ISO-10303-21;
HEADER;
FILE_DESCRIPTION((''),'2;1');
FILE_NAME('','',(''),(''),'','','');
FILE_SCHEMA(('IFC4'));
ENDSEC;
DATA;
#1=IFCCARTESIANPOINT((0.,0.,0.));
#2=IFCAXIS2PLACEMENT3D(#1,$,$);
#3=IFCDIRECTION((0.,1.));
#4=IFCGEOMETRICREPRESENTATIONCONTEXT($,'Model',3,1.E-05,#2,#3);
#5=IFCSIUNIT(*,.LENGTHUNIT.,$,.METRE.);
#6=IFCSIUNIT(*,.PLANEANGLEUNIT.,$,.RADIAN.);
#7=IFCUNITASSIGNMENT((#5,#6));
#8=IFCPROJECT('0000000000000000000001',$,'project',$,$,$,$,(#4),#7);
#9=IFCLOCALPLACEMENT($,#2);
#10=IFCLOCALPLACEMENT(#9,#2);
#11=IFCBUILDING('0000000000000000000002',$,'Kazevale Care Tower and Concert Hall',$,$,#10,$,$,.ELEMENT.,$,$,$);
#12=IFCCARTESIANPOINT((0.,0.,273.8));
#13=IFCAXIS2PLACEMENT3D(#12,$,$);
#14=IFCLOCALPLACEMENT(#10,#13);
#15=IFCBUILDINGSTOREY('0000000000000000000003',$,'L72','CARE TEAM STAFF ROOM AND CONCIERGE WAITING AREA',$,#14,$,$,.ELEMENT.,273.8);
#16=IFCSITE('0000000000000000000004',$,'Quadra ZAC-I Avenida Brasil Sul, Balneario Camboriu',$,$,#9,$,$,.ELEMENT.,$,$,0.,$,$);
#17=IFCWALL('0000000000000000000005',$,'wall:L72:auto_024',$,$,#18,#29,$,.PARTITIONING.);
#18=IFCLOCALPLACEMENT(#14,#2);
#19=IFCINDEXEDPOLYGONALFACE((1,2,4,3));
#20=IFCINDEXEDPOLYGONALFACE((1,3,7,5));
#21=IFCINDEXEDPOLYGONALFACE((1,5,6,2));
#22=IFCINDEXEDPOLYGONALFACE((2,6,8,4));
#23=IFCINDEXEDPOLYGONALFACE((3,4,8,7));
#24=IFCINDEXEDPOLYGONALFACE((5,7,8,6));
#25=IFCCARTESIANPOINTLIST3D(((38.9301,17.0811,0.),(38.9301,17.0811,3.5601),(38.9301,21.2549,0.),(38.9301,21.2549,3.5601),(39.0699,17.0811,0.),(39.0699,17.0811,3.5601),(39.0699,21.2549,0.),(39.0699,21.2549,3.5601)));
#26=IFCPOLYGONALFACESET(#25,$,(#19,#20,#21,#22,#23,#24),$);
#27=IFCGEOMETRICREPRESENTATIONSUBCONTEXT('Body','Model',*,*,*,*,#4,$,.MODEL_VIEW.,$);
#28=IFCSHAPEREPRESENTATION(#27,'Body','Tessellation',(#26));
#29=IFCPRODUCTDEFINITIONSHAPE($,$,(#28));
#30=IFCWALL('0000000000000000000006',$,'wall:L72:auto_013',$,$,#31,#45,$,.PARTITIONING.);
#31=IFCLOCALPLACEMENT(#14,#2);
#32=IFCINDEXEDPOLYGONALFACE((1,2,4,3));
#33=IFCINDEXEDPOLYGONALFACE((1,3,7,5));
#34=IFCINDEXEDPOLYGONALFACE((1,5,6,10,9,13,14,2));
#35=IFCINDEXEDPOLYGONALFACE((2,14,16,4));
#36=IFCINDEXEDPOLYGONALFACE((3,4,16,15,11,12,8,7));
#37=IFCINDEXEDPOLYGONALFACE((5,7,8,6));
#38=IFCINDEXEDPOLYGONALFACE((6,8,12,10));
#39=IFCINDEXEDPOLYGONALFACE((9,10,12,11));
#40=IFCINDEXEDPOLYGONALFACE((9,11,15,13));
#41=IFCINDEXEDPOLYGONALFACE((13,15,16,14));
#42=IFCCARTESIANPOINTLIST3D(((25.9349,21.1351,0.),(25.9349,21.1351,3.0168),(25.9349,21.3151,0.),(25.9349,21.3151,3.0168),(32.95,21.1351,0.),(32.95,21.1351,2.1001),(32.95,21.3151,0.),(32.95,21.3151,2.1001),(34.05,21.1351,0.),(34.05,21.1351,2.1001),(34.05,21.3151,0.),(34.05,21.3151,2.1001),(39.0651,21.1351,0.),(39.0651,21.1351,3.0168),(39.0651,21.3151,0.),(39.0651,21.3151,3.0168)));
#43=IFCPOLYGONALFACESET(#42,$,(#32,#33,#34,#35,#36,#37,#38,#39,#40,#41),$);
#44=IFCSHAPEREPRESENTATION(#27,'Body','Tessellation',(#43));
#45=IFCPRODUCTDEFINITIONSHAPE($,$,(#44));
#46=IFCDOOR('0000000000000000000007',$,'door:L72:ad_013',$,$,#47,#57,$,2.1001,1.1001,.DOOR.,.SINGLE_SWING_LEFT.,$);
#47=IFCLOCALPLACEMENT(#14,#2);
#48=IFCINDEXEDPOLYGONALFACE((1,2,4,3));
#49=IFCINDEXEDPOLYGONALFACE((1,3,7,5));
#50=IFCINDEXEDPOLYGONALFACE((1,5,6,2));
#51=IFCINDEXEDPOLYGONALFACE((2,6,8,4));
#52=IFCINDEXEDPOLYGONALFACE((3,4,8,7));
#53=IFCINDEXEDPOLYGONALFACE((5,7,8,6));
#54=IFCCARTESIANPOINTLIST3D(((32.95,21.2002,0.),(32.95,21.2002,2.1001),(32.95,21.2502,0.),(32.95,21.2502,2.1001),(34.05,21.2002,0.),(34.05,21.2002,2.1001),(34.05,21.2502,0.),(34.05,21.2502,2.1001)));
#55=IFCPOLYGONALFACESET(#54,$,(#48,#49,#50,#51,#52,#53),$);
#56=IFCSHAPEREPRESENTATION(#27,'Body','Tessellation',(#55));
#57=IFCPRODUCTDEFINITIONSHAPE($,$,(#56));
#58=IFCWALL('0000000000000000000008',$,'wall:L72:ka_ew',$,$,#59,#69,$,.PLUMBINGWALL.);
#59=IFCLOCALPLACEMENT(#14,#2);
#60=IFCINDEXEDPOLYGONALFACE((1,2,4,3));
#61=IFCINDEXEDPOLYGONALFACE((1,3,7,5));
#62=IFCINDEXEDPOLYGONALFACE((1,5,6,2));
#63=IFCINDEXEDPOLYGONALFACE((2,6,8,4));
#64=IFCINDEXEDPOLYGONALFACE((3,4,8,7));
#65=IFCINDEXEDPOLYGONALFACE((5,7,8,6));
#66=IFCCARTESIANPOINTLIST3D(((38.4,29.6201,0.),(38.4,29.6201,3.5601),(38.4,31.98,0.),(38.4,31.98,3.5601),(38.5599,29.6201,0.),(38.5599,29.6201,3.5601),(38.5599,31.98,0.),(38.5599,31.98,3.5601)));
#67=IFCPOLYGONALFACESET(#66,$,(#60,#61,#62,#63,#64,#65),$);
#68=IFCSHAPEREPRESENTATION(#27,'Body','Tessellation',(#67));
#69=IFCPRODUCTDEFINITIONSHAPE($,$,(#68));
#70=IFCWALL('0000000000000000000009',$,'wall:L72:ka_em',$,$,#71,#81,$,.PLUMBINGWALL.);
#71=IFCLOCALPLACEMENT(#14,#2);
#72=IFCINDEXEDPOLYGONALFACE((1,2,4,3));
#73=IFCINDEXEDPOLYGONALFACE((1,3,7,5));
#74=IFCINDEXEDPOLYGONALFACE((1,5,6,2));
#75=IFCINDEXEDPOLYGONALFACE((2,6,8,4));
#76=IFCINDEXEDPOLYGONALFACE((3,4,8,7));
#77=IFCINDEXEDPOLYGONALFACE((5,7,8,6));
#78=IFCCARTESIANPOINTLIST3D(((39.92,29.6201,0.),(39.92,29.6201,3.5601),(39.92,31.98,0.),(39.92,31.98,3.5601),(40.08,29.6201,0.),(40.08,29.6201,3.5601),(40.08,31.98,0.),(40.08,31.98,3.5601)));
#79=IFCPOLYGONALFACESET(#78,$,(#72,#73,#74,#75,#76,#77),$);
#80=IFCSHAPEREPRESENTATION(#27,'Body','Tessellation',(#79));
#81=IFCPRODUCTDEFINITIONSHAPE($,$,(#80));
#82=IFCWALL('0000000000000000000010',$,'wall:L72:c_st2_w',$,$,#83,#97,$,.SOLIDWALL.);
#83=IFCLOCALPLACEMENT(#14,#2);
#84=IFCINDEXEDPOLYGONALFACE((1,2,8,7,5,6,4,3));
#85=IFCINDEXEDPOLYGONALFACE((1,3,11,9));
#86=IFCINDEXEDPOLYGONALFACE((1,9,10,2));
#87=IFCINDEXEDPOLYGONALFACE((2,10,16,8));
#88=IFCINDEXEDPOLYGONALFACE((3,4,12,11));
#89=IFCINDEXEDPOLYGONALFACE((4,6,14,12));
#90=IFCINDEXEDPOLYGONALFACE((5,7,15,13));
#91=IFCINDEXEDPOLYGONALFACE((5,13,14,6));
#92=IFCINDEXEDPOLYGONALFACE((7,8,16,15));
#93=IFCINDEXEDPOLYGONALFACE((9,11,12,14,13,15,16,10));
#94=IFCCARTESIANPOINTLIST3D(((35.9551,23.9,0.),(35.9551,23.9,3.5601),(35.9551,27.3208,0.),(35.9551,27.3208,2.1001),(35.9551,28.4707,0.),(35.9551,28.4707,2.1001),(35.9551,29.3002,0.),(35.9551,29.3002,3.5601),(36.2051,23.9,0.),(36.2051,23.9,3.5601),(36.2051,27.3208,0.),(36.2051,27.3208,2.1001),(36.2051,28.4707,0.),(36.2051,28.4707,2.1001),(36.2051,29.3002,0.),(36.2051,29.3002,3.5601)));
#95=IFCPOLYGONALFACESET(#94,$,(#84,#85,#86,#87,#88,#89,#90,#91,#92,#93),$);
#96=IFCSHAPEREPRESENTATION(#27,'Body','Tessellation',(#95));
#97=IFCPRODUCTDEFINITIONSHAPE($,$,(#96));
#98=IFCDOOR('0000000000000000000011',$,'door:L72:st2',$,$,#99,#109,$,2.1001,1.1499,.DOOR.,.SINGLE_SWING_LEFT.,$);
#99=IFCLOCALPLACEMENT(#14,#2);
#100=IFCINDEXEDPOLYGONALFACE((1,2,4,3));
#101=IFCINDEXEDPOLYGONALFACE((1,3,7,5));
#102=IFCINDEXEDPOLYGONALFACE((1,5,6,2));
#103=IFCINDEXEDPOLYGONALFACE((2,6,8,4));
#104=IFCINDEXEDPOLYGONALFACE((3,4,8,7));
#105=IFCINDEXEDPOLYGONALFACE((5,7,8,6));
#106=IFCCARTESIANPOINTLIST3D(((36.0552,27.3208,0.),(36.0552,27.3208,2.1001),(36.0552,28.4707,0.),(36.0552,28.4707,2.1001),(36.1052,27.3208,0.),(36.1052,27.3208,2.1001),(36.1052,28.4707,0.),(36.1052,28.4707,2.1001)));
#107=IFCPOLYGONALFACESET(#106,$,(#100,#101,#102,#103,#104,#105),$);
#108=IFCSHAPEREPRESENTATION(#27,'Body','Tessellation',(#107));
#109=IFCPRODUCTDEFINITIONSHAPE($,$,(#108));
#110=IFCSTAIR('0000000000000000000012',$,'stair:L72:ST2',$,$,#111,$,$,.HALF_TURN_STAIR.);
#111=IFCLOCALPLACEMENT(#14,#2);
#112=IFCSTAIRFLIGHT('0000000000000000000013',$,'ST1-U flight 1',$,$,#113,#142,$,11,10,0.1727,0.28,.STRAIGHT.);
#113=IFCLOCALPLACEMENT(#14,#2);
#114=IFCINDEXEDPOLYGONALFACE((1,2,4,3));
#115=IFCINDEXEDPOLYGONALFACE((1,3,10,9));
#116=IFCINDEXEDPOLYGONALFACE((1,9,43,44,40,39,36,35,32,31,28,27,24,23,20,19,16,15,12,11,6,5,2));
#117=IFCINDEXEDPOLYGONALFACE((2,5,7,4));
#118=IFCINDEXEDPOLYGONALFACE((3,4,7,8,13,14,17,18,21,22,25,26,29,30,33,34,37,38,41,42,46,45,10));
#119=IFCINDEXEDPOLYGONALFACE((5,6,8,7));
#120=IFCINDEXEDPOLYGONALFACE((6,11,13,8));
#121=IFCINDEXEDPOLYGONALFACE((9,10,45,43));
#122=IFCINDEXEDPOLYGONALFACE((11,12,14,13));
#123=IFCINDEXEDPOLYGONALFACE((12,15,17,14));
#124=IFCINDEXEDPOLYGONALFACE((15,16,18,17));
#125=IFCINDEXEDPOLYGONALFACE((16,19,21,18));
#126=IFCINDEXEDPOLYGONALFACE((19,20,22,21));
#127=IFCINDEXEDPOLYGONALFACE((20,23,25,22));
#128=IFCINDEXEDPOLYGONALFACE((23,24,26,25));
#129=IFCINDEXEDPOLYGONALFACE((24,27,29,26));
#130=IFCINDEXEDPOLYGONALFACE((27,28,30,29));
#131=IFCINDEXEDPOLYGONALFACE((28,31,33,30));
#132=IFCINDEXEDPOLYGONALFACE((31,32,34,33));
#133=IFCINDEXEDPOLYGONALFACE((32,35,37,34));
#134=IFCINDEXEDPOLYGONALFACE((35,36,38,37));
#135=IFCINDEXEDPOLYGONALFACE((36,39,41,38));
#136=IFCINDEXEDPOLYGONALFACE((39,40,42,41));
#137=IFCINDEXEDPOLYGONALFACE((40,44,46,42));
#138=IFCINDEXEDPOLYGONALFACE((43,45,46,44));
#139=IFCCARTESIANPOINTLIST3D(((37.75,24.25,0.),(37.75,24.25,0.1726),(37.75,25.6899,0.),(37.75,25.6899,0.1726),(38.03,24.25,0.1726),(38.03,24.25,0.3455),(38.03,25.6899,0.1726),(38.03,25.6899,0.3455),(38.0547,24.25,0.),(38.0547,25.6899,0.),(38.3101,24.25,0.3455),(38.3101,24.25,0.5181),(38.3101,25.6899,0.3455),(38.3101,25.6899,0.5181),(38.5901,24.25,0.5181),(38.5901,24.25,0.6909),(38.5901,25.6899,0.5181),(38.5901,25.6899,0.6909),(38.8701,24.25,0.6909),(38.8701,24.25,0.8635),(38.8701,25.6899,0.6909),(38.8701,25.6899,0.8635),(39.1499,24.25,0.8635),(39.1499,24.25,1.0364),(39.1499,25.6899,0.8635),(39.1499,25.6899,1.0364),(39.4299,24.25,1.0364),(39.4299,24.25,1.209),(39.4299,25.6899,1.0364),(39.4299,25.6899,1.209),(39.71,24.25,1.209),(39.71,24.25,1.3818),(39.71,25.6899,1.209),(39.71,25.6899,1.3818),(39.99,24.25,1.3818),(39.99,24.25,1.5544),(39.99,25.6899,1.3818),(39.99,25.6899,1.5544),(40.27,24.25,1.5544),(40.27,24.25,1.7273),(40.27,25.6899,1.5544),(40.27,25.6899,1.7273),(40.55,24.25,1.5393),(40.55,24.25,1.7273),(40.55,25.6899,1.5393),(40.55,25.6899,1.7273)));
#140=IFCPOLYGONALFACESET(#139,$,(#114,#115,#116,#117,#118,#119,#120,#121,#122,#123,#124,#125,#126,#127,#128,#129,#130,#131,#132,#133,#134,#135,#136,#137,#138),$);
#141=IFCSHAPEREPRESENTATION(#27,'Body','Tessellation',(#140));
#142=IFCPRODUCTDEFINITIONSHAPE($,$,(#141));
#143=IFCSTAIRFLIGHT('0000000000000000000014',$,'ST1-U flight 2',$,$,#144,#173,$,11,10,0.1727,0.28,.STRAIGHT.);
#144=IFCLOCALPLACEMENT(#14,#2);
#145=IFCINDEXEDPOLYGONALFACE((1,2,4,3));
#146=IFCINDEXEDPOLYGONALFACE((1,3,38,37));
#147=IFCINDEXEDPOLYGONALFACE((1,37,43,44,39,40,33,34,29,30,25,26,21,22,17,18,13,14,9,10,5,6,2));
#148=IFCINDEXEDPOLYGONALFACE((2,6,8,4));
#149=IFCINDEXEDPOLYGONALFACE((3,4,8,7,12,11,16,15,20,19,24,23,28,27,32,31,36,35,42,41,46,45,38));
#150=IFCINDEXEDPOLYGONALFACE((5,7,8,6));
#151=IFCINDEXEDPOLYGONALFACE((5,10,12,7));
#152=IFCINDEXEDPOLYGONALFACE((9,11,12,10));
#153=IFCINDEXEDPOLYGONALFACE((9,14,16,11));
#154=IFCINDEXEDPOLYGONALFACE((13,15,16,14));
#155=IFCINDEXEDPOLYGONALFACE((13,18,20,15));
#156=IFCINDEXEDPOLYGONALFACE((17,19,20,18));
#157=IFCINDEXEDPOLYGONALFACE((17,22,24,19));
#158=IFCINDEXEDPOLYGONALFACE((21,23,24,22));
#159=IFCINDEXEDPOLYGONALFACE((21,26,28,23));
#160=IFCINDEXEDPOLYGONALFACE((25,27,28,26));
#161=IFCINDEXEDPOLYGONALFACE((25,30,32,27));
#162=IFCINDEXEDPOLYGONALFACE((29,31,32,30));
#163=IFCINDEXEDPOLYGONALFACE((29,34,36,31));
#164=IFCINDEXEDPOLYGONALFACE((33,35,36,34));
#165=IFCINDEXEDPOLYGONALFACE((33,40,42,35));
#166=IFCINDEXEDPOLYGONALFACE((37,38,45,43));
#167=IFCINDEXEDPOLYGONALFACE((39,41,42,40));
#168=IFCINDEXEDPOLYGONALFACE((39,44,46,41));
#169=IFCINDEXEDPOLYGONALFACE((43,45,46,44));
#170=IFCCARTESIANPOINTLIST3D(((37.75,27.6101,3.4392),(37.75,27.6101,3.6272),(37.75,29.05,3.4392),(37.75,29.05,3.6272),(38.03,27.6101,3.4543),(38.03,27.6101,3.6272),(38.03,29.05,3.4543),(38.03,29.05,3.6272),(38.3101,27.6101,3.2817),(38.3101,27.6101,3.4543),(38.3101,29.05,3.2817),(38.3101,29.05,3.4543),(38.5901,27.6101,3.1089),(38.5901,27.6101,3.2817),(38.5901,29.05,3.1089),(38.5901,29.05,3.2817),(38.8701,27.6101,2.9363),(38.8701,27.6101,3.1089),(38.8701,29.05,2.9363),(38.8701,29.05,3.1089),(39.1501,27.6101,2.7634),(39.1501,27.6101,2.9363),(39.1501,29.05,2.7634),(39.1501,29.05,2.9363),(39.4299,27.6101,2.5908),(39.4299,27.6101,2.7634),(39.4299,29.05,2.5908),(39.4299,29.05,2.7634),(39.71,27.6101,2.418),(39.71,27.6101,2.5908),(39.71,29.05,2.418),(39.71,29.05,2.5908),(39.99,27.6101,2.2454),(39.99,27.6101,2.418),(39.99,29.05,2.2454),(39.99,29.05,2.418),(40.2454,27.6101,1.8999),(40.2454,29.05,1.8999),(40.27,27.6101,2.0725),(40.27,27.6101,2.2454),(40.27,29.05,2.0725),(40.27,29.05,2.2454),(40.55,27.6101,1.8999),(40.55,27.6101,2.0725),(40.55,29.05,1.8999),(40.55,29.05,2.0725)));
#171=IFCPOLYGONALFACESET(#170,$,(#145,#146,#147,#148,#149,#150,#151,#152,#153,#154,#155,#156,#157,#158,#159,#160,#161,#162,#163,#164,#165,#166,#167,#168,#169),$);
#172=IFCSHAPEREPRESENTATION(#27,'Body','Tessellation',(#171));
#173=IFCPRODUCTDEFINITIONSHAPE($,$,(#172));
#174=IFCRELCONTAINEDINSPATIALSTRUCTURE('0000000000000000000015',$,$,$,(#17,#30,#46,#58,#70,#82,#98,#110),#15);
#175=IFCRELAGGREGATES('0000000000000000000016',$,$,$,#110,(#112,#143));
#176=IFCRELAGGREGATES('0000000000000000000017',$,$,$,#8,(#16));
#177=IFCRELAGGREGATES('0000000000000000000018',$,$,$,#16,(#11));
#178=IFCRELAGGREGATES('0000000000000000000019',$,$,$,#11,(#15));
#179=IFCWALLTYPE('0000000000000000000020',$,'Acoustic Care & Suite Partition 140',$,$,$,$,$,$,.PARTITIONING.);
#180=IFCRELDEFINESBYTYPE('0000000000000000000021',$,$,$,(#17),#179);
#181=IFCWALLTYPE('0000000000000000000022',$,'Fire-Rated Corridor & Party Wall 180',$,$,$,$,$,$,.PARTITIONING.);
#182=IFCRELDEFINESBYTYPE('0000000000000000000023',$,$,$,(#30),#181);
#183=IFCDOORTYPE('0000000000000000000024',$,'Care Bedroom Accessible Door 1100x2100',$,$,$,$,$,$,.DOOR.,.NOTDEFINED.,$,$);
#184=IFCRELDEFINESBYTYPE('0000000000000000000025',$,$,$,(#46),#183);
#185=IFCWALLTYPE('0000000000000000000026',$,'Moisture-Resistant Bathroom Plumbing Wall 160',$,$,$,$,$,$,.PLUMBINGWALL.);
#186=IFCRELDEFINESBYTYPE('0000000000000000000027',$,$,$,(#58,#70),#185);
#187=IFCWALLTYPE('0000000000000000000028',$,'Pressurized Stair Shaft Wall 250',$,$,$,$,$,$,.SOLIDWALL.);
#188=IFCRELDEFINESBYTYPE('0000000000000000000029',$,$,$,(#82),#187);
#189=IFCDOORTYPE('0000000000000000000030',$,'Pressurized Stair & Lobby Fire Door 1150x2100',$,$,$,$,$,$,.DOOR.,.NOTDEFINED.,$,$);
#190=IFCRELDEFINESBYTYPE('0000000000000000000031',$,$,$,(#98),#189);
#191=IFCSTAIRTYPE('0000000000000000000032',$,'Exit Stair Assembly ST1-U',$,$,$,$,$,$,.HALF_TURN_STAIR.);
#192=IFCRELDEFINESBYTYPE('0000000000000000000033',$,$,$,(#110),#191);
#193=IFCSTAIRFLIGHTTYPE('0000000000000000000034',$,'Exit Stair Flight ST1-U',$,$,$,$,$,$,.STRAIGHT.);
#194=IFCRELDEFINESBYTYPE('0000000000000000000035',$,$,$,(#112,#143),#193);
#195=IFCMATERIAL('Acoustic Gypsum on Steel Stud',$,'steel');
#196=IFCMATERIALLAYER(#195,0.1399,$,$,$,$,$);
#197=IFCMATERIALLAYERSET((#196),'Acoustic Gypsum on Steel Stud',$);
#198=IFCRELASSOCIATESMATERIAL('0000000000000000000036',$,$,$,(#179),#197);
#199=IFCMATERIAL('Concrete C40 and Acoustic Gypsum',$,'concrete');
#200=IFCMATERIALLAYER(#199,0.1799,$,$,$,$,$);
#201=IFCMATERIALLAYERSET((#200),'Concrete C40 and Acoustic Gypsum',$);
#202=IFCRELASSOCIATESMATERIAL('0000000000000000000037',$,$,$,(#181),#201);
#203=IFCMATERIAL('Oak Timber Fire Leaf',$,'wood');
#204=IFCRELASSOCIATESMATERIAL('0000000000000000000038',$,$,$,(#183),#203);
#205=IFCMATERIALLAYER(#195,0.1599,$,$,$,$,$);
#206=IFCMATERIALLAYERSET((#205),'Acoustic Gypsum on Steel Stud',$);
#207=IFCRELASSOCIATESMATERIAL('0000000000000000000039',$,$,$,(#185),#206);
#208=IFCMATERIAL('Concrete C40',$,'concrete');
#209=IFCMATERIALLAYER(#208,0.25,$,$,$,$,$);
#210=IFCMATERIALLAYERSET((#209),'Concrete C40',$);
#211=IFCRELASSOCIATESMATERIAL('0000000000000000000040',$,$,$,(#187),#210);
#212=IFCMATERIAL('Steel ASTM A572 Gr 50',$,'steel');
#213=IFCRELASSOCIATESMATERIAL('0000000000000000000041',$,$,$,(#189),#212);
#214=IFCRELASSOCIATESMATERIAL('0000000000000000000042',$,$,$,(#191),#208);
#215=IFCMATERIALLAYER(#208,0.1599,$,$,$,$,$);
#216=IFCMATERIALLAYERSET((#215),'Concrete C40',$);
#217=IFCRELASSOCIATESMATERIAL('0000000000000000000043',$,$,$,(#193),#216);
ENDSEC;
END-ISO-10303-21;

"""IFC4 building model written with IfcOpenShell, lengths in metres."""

from ifc_helpers import new_model, si_unit, direction, frame, frame_2d, origin, place, context, subcontext, project, spatial, polyline, rectangle, outline, extrude, material, layer, layer_set, type_object, element, fill, aggregate, save


model = new_model("IFC4")

# Units and contexts
model_context = context("Model", 3, precision=1e-05, world=origin(), true_north=direction((0.0, 1.0)))
body_context = subcontext(model_context, "Body", "Model", "MODEL_VIEW")
ifc_project = project(units=[si_unit("LENGTHUNIT", "METRE"), si_unit("PLANEANGLEUNIT", "RADIAN")], contexts=[model_context])

# Site, building, storey
site_placement = place(None, origin())
site = spatial("IfcSite", under=ifc_project, at=site_placement, Name="Quadra ZAC-I Avenida Brasil Sul, Balneario Camboriu", CompositionType="ELEMENT", RefElevation=0.0)
building_placement = place(site_placement, origin())
building = spatial("IfcBuilding", under=site, at=building_placement, Name="Kazevale Care Tower and Concert Hall", CompositionType="ELEMENT")
storey_placement = place(building_placement, frame((0.0, 0.0, 273.8)))
storey = spatial("IfcBuildingStorey", under=building, at=storey_placement, Name="L72", Description="CARE TEAM STAFF ROOM AND CONCIERGE WAITING AREA", CompositionType="ELEMENT", Elevation=273.8)

# Shared definitions
ifc_material_1 = material(Name="Steel ASTM A572 Gr 50", Category="steel")

# Wall
ifc_material_2 = material(Name="Acoustic Gypsum on Steel Stud", Category="steel")
ifc_layer_1 = layer(ifc_material_2, 0.1399)
ifc_layer_set_1 = layer_set([ifc_layer_1], Name="Acoustic Gypsum on Steel Stud")
wall_type_1 = type_object("IfcWallType", Name="Acoustic Care & Suite Partition 140", PredefinedType="PARTITIONING", material=ifc_layer_set_1)
wall_1_placement = place(storey_placement, frame((39.0, 21.2549, 0.0), z_axis=(0.0, 0.0, 1.0), x_axis=(0.0, -1.0, 0.0)))
element("IfcWall", 1, at=wall_1_placement, inside=storey, type_object=wall_type_1, Name="wall:L72:auto_024", PredefinedType="PARTITIONING", context=body_context, shape_type="SweptSolid", body=[
    extrude(rectangle(XDim=4.1738, YDim=0.1399, at=frame_2d((2.0869, 0.0))), origin(), (0.0, 0.0, 1.0), 3.5601),
])

# Wall, opening, door
ifc_material_3 = material(Name="Concrete C40 and Acoustic Gypsum", Category="concrete")
ifc_layer_2 = layer(ifc_material_3, 0.1799)
ifc_layer_set_2 = layer_set([ifc_layer_2], Name="Concrete C40 and Acoustic Gypsum")
wall_type_2 = type_object("IfcWallType", Name="Fire-Rated Corridor & Party Wall 180", PredefinedType="PARTITIONING", material=ifc_layer_set_2)
wall_2_placement = place(storey_placement, frame((39.0649, 21.2251, 0.0), z_axis=(0.0, 0.0, 1.0), x_axis=(-1.0, 0.0, 0.0)))
wall_2 = element("IfcWall", 2, at=wall_2_placement, inside=storey, type_object=wall_type_2, Name="wall:L72:auto_013", PredefinedType="PARTITIONING", context=body_context, shape_type="SweptSolid", body=[
    extrude(rectangle(XDim=13.1301, YDim=0.1799, at=frame_2d((6.5649, 0.0))), origin(), (0.0, 0.0, 1.0), 3.0168),
])
opening_1_placement = place(wall_2_placement, frame((5.0149, 0.0, 0.0)))
opening_1 = element("IfcOpeningElement", 3, at=opening_1_placement, cuts=wall_2, PredefinedType="OPENING", context=body_context, shape_type="SweptSolid", body=[
    extrude(rectangle(XDim=1.1001, YDim=2.1001, at=frame_2d((0.55, 1.05))), frame((0.0, 0.0999, 0.0), z_axis=(0.0, -1.0, 0.0), x_axis=(1.0, 0.0, 0.0)), (0.0, 0.0, 1.0), 0.2),
])
ifc_material_4 = material(Name="Oak Timber Fire Leaf", Category="wood")
door_type_1 = type_object("IfcDoorType", Name="Care Bedroom Accessible Door 1100x2100", OperationType="NOTDEFINED", PredefinedType="DOOR", material=ifc_material_4)
door_1_placement = place(opening_1_placement, origin())
door_1 = element("IfcDoor", 4, at=door_1_placement, inside=storey, type_object=door_type_1, Name="door:L72:ad_013", OperationType="SINGLE_SWING_LEFT", OverallHeight=2.1001, OverallWidth=1.1001, PredefinedType="DOOR", context=body_context, shape_type="SweptSolid", body=[
    extrude(rectangle(XDim=1.1001, YDim=2.1001, at=frame_2d((0.55, 1.05))), frame((0.0, 0.0249, 0.0), z_axis=(0.0, -1.0, 0.0), x_axis=(1.0, 0.0, 0.0)), (0.0, 0.0, 1.0), 0.05),
])
fill(opening_1, door_1)

# Walls
ifc_layer_3 = layer(ifc_material_2, 0.1599)
ifc_layer_set_3 = layer_set([ifc_layer_3], Name="Acoustic Gypsum on Steel Stud")
wall_type_3 = type_object("IfcWallType", Name="Moisture-Resistant Bathroom Plumbing Wall 160", PredefinedType="PLUMBINGWALL", material=ifc_layer_set_3)
for number, where, z_axis, x_axis, name in (
    (5, (38.48, 29.6201, 0.0), (0.0, 0.0, 1.0), (0.0, 1.0, 0.0), "wall:L72:ka_ew"),
    (6, (40.0, 29.6201, 0.0), (0.0, 0.0, 1.0), (0.0, 1.0, 0.0), "wall:L72:ka_em"),
):
    element("IfcWall", number, at=place(storey_placement, frame(where, z_axis=z_axis, x_axis=x_axis)), inside=storey, type_object=wall_type_3, Name=name, PredefinedType="PLUMBINGWALL", context=body_context, shape_type="SweptSolid", body=[
        extrude(rectangle(XDim=2.3599, YDim=0.1599, at=frame_2d((1.1799, 0.0))), origin(), (0.0, 0.0, 1.0), 3.5601),
    ])

# Wall, opening, door
ifc_material_5 = material(Name="Concrete C40", Category="concrete")
ifc_layer_4 = layer(ifc_material_5, 0.25)
ifc_layer_set_4 = layer_set([ifc_layer_4], Name="Concrete C40")
wall_type_4 = type_object("IfcWallType", Name="Pressurized Stair Shaft Wall 250", PredefinedType="SOLIDWALL", material=ifc_layer_set_4)
wall_3_placement = place(storey_placement, frame((36.0801, 23.8999, 0.0), z_axis=(0.0, 0.0, 1.0), x_axis=(0.0, 1.0, 0.0)))
wall_3 = element("IfcWall", 7, at=wall_3_placement, inside=storey, type_object=wall_type_4, Name="wall:L72:c_st2_w", PredefinedType="SOLIDWALL", context=body_context, shape_type="SweptSolid", body=[
    extrude(rectangle(XDim=5.4001, YDim=0.25, at=frame_2d((2.7002, 0.0))), origin(), (0.0, 0.0, 1.0), 3.5601),
])
opening_2_placement = place(wall_3_placement, frame((3.4209, 0.0, 0.0)))
opening_2 = element("IfcOpeningElement", 8, at=opening_2_placement, cuts=wall_3, PredefinedType="OPENING", context=body_context, shape_type="SweptSolid", body=[
    extrude(rectangle(XDim=1.1499, YDim=2.1001, at=frame_2d((0.575, 1.05))), frame((0.0, 0.135, 0.0), z_axis=(0.0, -1.0, 0.0), x_axis=(1.0, 0.0, 0.0)), (0.0, 0.0, 1.0), 0.27),
])
door_type_2 = type_object("IfcDoorType", Name="Pressurized Stair & Lobby Fire Door 1150x2100", OperationType="NOTDEFINED", PredefinedType="DOOR", material=ifc_material_1)
door_2_placement = place(opening_2_placement, origin())
door_2 = element("IfcDoor", 9, at=door_2_placement, inside=storey, type_object=door_type_2, Name="door:L72:st2", OperationType="SINGLE_SWING_LEFT", OverallHeight=2.1001, OverallWidth=1.1499, PredefinedType="DOOR", context=body_context, shape_type="SweptSolid", body=[
    extrude(rectangle(XDim=1.1499, YDim=2.1001, at=frame_2d((0.575, 1.05))), frame((0.0, 0.0249, 0.0), z_axis=(0.0, -1.0, 0.0), x_axis=(1.0, 0.0, 0.0)), (0.0, 0.0, 1.0), 0.05),
])
fill(opening_2, door_2)

# Stair, stair flights
stair_type = type_object("IfcStairType", Name="Exit Stair Assembly ST1-U", PredefinedType="HALF_TURN_STAIR", material=ifc_material_5)
stair_placement = place(storey_placement, origin())
stair = element("IfcStair", 10, at=stair_placement, inside=storey, type_object=stair_type, Name="stair:L72:ST2", PredefinedType="HALF_TURN_STAIR")
ifc_layer_5 = layer(ifc_material_5, 0.1599)
ifc_layer_set_5 = layer_set([ifc_layer_5], Name="Concrete C40")
stair_flight_type = type_object("IfcStairFlightType", Name="Exit Stair Flight ST1-U", PredefinedType="STRAIGHT", material=ifc_layer_set_5)
stair_flight_1_placement = place(storey_placement, frame((37.75, 24.97, 0.0), z_axis=(0.0, 0.0, 1.0), x_axis=(1.0, 0.0, 0.0)))
stair_flight_1 = element("IfcStairFlight", 11, at=stair_flight_1_placement, type_object=stair_flight_type, Name="ST1-U flight 1", NumberOfRisers=11, NumberOfTreads=10, PredefinedType="STRAIGHT", RiserHeight=0.1727, TreadLength=0.28, context=body_context, shape_type="SweptSolid", body=[
    extrude(outline(polyline([(0.0, 0.0), (0.0, 0.1726), (0.28, 0.1726), (0.28, 0.3455), (0.5601, 0.3455), (0.5601, 0.5181), (0.8401, 0.5181), (0.8401, 0.6909), (1.1201, 0.6909), (1.1201, 0.8635), (1.3999, 0.8635), (1.3999, 1.0364), (1.6799, 1.0364), (1.6799, 1.209), (1.96, 1.209), (1.96, 1.3818), (2.24, 1.3818), (2.24, 1.5544), (2.52, 1.5544), (2.52, 1.7273), (2.8, 1.7273), (2.8, 1.8999), (2.8, 1.5393), (0.3047, 0.0), (0.0, 0.0)])), frame((0.0, 0.72, 0.0), z_axis=(0.0, -1.0, 0.0), x_axis=(1.0, 0.0, 0.0)), (0.0, 0.0, 1.0), 1.4399),
])
stair_flight_2_placement = place(storey_placement, frame((40.55, 28.3301, 1.8999), z_axis=(0.0, 0.0, 1.0), x_axis=(-1.0, 0.0, 0.0)))
stair_flight_2 = element("IfcStairFlight", 12, at=stair_flight_2_placement, type_object=stair_flight_type, Name="ST1-U flight 2", NumberOfRisers=11, NumberOfTreads=10, PredefinedType="STRAIGHT", RiserHeight=0.1727, TreadLength=0.28, context=body_context, shape_type="SweptSolid", body=[
    extrude(outline(polyline([(0.0, 0.0), (0.0, 0.1726), (0.28, 0.1726), (0.28, 0.3455), (0.5601, 0.3455), (0.5601, 0.5181), (0.8401, 0.5181), (0.8401, 0.6909), (1.1201, 0.6909), (1.1201, 0.8635), (1.3999, 0.8635), (1.3999, 1.0364), (1.6799, 1.0364), (1.6799, 1.209), (1.96, 1.209), (1.96, 1.3818), (2.24, 1.3818), (2.24, 1.5544), (2.52, 1.5544), (2.52, 1.7273), (2.8, 1.7273), (2.8, 1.8999), (2.8, 1.5393), (0.3047, 0.0), (0.0, 0.0)])), frame((0.0, 0.72, 0.0), z_axis=(0.0, -1.0, 0.0), x_axis=(1.0, 0.0, 0.0)), (0.0, 0.0, 1.0), 1.4399),
])
aggregate(stair, [stair_flight_1, stair_flight_2])

save(model, "model.ifc")
